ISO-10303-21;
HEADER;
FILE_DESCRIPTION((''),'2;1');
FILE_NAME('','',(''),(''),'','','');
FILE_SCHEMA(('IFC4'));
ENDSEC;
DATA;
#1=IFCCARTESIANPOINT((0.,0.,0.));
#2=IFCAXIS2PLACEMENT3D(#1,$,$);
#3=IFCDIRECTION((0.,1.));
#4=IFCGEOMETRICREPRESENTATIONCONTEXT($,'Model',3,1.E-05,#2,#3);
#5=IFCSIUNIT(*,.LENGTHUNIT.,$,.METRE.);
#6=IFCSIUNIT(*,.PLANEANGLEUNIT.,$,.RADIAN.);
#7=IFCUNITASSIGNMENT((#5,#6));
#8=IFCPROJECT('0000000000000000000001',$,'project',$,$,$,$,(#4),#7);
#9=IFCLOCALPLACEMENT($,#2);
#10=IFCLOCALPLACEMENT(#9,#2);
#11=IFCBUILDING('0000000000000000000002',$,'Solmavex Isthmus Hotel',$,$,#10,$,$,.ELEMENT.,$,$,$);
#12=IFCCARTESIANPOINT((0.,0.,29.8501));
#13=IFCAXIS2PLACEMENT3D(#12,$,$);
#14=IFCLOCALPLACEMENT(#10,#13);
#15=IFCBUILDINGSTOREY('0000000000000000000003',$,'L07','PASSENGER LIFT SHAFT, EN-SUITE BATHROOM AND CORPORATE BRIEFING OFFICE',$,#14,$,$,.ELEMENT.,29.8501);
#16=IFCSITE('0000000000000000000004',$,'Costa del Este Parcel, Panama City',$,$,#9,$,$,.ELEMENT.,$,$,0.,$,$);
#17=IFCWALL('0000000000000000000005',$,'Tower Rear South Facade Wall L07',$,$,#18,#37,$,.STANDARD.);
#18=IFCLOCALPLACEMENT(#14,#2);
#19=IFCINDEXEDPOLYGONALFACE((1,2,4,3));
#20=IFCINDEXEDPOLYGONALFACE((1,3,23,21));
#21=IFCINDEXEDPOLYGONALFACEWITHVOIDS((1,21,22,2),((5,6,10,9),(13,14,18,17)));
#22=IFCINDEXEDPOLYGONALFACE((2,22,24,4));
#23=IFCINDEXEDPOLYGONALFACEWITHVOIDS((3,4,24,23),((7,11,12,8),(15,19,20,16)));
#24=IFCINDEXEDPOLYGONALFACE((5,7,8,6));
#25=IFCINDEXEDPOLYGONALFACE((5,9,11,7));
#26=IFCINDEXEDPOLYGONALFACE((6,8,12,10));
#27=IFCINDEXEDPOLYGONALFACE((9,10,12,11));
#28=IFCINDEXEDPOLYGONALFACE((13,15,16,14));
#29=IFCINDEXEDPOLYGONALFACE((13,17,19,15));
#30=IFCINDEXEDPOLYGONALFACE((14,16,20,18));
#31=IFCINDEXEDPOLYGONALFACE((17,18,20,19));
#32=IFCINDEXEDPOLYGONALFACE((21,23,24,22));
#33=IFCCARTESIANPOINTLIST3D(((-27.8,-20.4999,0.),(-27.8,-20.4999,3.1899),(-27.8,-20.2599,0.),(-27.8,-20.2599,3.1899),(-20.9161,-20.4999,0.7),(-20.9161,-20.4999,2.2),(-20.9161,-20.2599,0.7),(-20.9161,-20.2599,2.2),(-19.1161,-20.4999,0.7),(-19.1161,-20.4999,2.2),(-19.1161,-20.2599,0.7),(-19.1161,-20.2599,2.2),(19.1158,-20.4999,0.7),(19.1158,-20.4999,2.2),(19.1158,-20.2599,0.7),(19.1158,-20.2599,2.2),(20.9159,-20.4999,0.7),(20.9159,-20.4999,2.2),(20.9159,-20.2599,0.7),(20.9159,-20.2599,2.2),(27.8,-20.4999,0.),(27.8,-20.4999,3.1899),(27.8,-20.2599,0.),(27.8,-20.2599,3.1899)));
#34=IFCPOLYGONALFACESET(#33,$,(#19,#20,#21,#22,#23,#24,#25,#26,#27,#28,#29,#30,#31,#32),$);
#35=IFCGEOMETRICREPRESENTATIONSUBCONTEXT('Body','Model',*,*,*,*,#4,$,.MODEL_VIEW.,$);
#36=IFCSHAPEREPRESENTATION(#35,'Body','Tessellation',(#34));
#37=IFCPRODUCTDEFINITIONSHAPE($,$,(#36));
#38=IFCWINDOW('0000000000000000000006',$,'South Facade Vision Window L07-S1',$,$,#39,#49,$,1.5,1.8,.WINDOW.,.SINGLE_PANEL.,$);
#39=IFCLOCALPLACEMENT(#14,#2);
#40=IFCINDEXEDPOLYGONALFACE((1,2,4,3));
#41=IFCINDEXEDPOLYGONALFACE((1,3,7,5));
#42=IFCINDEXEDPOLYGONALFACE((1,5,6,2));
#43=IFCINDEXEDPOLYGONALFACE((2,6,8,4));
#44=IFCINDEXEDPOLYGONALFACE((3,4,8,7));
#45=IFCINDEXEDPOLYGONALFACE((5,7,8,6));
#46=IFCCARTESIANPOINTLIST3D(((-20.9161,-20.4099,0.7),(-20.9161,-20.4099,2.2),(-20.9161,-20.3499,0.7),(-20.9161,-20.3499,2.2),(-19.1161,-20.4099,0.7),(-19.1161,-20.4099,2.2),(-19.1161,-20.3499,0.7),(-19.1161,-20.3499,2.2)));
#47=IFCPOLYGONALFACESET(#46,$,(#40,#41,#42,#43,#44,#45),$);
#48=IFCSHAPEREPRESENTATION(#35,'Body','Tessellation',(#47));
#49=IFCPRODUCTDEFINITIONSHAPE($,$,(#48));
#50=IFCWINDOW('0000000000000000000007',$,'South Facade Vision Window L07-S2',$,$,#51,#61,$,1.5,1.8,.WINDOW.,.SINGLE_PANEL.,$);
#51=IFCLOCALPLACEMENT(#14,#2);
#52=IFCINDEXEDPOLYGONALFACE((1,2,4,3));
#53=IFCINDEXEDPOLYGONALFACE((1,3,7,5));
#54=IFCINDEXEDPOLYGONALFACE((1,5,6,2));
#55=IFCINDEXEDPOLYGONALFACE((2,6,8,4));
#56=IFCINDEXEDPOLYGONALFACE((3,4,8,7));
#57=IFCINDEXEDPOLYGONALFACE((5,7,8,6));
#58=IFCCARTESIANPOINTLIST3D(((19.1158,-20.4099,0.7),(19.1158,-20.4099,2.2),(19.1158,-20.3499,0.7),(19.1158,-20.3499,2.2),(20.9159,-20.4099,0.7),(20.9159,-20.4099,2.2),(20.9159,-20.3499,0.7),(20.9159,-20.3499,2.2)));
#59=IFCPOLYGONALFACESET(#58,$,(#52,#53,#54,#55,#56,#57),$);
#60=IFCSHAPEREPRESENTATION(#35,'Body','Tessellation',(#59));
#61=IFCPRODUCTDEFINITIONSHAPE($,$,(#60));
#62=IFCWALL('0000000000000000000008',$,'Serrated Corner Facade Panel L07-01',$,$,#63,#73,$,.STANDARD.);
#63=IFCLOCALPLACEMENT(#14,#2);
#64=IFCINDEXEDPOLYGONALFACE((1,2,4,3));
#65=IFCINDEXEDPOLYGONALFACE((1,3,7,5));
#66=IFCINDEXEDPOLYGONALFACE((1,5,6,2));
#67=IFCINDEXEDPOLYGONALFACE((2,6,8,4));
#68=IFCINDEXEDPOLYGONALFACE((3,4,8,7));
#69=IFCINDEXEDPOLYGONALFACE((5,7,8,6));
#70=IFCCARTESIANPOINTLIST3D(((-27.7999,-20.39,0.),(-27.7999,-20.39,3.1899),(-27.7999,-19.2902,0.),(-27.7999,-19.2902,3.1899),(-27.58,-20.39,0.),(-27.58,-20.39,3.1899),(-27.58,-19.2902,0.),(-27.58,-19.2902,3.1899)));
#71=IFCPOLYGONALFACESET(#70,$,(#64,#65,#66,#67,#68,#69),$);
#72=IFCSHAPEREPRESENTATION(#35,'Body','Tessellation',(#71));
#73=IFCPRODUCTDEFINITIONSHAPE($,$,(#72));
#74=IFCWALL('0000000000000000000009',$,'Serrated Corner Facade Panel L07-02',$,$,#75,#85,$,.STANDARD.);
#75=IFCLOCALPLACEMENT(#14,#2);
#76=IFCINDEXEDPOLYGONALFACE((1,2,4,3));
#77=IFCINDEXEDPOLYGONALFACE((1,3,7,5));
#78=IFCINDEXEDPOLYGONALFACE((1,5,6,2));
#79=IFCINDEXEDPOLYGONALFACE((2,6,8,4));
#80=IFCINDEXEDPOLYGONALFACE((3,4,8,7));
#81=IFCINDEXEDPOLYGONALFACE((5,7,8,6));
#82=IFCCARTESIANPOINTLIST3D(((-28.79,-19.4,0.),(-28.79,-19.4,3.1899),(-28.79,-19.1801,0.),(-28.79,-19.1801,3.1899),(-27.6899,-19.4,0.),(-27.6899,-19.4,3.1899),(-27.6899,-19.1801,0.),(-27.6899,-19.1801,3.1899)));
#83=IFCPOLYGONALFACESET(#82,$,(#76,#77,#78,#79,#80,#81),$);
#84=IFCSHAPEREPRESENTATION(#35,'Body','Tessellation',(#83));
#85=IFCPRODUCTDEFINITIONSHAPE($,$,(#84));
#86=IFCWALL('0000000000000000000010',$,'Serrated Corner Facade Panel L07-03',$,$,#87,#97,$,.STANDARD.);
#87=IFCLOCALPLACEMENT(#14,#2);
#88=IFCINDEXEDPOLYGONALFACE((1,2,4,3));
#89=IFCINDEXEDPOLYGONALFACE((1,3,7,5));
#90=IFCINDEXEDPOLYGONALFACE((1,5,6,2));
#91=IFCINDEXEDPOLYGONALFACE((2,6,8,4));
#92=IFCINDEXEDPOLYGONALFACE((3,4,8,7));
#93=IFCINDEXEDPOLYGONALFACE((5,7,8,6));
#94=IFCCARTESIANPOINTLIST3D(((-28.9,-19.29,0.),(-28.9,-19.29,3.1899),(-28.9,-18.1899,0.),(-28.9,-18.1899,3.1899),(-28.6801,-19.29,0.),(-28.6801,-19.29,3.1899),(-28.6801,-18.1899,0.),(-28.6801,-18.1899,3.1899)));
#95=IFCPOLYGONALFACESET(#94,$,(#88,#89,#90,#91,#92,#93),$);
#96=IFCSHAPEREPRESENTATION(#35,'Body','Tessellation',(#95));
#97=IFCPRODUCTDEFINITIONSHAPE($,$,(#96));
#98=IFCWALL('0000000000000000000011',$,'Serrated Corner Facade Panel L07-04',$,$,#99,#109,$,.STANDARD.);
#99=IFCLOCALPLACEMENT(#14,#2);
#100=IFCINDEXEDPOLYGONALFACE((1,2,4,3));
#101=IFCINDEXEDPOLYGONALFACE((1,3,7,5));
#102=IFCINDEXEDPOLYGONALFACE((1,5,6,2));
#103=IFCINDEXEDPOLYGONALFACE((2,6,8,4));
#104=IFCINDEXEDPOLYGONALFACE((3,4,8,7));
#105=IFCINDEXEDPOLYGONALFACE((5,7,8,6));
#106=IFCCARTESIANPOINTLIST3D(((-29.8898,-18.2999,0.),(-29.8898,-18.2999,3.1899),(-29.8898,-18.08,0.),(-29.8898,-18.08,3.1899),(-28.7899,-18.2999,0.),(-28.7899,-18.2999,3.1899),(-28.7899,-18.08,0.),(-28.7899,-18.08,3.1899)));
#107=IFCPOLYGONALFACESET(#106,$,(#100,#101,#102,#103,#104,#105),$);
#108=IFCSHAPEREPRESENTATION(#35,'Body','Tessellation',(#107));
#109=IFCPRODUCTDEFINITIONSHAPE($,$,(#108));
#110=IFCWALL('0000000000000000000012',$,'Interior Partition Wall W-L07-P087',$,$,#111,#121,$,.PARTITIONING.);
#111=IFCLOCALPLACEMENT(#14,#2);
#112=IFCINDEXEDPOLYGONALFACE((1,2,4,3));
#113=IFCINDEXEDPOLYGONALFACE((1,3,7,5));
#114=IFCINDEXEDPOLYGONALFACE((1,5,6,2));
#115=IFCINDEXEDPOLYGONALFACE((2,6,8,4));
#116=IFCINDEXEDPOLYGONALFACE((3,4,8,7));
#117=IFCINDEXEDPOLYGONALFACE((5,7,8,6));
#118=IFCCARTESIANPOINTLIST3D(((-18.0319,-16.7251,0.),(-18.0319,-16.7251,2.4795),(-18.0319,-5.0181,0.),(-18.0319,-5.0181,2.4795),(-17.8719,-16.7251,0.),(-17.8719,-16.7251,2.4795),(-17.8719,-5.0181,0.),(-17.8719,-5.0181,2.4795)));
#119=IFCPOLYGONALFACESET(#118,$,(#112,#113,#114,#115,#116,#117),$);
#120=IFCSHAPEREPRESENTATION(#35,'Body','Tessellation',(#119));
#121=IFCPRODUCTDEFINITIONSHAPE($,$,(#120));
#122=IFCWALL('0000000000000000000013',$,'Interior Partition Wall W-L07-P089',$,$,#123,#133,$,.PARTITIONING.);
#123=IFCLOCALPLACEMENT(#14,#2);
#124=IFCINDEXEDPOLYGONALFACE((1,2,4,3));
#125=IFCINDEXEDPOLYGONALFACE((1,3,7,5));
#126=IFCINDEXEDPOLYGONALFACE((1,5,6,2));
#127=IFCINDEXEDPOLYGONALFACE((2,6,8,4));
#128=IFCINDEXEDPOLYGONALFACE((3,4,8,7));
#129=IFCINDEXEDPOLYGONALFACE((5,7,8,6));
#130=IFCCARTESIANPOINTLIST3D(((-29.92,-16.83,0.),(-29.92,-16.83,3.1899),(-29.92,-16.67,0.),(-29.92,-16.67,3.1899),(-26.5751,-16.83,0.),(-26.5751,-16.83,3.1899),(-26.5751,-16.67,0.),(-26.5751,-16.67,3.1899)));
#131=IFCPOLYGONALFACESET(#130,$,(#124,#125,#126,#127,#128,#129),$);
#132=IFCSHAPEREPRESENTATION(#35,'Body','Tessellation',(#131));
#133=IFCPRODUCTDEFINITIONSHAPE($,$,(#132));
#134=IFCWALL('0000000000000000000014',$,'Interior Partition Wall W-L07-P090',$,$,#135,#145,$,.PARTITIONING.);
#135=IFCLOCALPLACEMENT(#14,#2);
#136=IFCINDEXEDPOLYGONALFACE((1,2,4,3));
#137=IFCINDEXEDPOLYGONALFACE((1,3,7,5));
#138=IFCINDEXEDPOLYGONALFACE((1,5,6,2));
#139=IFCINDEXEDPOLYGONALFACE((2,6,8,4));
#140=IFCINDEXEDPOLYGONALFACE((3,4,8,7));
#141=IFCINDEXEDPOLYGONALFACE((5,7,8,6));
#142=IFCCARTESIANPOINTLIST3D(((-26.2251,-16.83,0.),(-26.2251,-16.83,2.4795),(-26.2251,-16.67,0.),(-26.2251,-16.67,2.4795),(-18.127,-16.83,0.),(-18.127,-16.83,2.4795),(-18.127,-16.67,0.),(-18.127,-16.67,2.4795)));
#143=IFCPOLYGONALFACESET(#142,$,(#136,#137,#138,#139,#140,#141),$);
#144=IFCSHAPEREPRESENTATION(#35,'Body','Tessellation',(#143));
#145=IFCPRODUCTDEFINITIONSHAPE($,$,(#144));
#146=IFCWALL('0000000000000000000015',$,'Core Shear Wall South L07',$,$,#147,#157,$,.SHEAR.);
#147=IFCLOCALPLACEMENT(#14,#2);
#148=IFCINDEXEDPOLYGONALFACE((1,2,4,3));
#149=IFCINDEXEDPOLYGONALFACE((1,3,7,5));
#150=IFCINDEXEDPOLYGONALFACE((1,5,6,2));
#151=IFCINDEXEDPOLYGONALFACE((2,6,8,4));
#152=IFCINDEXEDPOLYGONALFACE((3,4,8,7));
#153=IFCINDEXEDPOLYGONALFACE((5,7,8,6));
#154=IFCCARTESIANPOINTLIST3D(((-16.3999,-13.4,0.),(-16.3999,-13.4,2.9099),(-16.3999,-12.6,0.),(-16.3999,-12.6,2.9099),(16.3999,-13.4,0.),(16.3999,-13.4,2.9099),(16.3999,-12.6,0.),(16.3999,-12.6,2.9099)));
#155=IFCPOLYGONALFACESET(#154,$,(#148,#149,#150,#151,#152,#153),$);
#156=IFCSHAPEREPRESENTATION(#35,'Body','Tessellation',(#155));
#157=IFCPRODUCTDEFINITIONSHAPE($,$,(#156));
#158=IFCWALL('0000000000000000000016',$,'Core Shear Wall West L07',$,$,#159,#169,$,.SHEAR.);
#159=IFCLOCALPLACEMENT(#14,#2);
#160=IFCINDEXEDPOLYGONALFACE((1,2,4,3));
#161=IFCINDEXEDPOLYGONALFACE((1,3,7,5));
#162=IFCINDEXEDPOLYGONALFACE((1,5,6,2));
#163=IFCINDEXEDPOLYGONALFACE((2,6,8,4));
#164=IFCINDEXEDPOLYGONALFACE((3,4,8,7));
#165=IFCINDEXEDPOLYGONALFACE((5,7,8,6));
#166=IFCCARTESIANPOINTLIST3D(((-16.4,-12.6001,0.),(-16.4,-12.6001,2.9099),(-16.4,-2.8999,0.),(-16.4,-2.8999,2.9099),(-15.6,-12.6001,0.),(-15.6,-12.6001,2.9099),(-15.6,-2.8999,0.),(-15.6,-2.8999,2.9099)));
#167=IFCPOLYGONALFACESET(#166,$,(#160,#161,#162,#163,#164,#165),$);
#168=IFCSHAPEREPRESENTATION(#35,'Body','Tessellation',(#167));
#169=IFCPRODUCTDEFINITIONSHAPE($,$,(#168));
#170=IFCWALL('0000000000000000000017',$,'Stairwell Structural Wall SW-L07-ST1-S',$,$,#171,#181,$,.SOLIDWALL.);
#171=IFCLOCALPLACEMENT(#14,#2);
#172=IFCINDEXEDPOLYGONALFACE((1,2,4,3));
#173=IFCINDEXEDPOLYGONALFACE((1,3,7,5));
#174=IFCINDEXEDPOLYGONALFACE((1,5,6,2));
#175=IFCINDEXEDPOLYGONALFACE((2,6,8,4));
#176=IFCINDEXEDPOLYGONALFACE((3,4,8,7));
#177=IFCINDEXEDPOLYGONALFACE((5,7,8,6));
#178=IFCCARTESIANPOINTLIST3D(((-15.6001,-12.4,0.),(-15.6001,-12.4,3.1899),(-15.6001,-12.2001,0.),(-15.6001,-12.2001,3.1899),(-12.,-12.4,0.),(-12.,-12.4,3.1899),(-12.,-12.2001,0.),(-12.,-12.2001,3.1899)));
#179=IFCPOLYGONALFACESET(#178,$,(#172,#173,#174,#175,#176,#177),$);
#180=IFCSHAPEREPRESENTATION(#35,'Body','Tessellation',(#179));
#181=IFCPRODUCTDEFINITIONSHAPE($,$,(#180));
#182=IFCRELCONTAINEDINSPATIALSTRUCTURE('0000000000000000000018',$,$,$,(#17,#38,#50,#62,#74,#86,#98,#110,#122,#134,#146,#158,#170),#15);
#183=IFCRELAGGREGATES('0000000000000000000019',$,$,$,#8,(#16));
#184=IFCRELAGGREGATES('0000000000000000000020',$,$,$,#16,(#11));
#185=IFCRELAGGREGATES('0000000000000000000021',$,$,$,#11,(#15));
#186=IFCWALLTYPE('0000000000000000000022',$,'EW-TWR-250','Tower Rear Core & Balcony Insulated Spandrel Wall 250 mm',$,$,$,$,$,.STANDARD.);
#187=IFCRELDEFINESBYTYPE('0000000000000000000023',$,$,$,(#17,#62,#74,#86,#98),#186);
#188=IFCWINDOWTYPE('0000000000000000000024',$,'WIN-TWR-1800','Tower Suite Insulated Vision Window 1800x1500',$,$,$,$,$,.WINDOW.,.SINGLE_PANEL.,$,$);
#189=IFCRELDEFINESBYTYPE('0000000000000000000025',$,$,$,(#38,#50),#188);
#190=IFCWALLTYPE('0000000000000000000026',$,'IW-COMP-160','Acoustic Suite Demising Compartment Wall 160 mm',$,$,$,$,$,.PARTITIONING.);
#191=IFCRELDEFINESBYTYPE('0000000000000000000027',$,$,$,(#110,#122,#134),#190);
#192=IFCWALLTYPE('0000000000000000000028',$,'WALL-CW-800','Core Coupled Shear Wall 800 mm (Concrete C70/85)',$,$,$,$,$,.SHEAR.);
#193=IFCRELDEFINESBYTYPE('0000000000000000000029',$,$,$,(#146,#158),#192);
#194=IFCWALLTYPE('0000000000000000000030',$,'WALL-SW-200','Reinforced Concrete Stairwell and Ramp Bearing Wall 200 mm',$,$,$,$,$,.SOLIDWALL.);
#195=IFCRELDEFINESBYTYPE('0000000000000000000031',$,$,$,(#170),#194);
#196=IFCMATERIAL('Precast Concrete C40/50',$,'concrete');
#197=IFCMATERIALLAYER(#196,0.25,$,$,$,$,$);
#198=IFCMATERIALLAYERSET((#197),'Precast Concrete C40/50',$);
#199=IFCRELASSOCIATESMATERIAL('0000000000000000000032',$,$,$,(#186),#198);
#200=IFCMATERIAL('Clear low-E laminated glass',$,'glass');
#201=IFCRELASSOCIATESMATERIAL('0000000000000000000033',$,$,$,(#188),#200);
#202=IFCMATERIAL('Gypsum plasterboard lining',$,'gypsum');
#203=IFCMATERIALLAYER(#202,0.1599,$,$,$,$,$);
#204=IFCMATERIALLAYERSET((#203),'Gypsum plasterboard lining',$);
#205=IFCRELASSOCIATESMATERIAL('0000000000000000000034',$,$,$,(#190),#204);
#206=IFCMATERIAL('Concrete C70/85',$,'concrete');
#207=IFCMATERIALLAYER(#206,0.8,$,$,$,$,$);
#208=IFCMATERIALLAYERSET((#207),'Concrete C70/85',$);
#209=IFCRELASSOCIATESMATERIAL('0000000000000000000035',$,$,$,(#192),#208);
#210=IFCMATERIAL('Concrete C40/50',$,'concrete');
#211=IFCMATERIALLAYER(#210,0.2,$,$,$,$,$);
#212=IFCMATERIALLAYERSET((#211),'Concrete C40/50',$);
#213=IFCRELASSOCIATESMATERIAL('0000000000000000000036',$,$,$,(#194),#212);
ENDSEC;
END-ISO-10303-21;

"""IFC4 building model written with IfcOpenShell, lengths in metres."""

from ifc_helpers import new_model, si_unit, direction, frame, frame_2d, origin, place, context, subcontext, project, spatial, rectangle, extrude, material, layer, layer_set, type_object, element, fill, save


model = new_model("IFC4")

# Units and contexts
model_context = context("Model", 3, precision=1e-05, world=origin(), true_north=direction((0.0, 1.0)))
body_context = subcontext(model_context, "Body", "Model", "MODEL_VIEW")
ifc_project = project(units=[si_unit("LENGTHUNIT", "METRE"), si_unit("PLANEANGLEUNIT", "RADIAN")], contexts=[model_context])

# Site, building, storey
site_placement = place(None, origin())
site = spatial("IfcSite", under=ifc_project, at=site_placement, Name="Costa del Este Parcel, Panama City", CompositionType="ELEMENT", RefElevation=0.0)
building_placement = place(site_placement, origin())
building = spatial("IfcBuilding", under=site, at=building_placement, Name="Solmavex Isthmus Hotel", CompositionType="ELEMENT")
storey_placement = place(building_placement, frame((0.0, 0.0, 29.8501)))
storey = spatial("IfcBuildingStorey", under=building, at=storey_placement, Name="L07", Description="PASSENGER LIFT SHAFT, EN-SUITE BATHROOM AND CORPORATE BRIEFING OFFICE", CompositionType="ELEMENT", Elevation=29.8501)

# Shared definitions
ifc_material_1 = material(Name="Concrete C70/85", Category="concrete")

# Shared definitions
ifc_material_2 = material(Name="Clear low-E laminated glass", Category="glass")

# Wall, openings, windows
ifc_material_3 = material(Name="Precast Concrete C40/50", Category="concrete")
ifc_layer_1 = layer(ifc_material_3, 0.25)
ifc_layer_set_1 = layer_set([ifc_layer_1], Name="Precast Concrete C40/50")
wall_type_1 = type_object("IfcWallType", Name="EW-TWR-250", Description="Tower Rear Core & Balcony Insulated Spandrel Wall 250 mm", PredefinedType="STANDARD", material=ifc_layer_set_1)
wall_1_placement = place(storey_placement, frame((-27.8, -20.3799, 0.0), z_axis=(0.0, 0.0, 1.0), x_axis=(1.0, 0.0, 0.0)))
wall_1 = element("IfcWall", 1, at=wall_1_placement, inside=storey, type_object=wall_type_1, Name="Tower Rear South Facade Wall L07", PredefinedType="STANDARD", context=body_context, shape_type="SweptSolid", body=[
    extrude(rectangle(XDim=55.6001, YDim=0.24, at=frame_2d((27.8, 0.0))), origin(), (0.0, 0.0, 1.0), 3.1899),
])
opening_1_placement = place(wall_1_placement, frame((6.884, 0.0, 0.7)))
opening_1 = element("IfcOpeningElement", 2, at=opening_1_placement, cuts=wall_1, PredefinedType="OPENING", context=body_context, shape_type="SweptSolid", body=[
    extrude(rectangle(XDim=1.8, YDim=1.5, at=frame_2d((0.8999, 0.75))), frame((0.0, 0.1299, 0.0), z_axis=(0.0, -1.0, 0.0), x_axis=(1.0, 0.0, 0.0)), (0.0, 0.0, 1.0), 0.26),
])
opening_2_placement = place(wall_1_placement, frame((46.916, 0.0, 0.7)))
opening_2 = element("IfcOpeningElement", 3, at=opening_2_placement, cuts=wall_1, PredefinedType="OPENING", context=body_context, shape_type="SweptSolid", body=[
    extrude(rectangle(XDim=1.8, YDim=1.5, at=frame_2d((0.8999, 0.75))), frame((0.0, 0.1299, 0.0), z_axis=(0.0, -1.0, 0.0), x_axis=(1.0, 0.0, 0.0)), (0.0, 0.0, 1.0), 0.26),
])
window_type = type_object("IfcWindowType", Name="WIN-TWR-1800", Description="Tower Suite Insulated Vision Window 1800x1500", PartitioningType="SINGLE_PANEL", PredefinedType="WINDOW", material=ifc_material_2)
window_1_placement = place(opening_1_placement, origin())
window_1 = element("IfcWindow", 4, at=window_1_placement, inside=storey, type_object=window_type, Name="South Facade Vision Window L07-S1", OverallHeight=1.5, OverallWidth=1.8, PartitioningType="SINGLE_PANEL", PredefinedType="WINDOW", context=body_context, shape_type="SweptSolid", body=[
    extrude(rectangle(XDim=1.8, YDim=1.5, at=frame_2d((0.8999, 0.75))), frame((0.0, 0.03, 0.0), z_axis=(0.0, -1.0, 0.0), x_axis=(1.0, 0.0, 0.0)), (0.0, 0.0, 1.0), 0.0601),
])
fill(opening_1, window_1)
window_2_placement = place(opening_2_placement, origin())
window_2 = element("IfcWindow", 5, at=window_2_placement, inside=storey, type_object=window_type, Name="South Facade Vision Window L07-S2", OverallHeight=1.5, OverallWidth=1.8, PartitioningType="SINGLE_PANEL", PredefinedType="WINDOW", context=body_context, shape_type="SweptSolid", body=[
    extrude(rectangle(XDim=1.8, YDim=1.5, at=frame_2d((0.8999, 0.75))), frame((0.0, 0.03, 0.0), z_axis=(0.0, -1.0, 0.0), x_axis=(1.0, 0.0, 0.0)), (0.0, 0.0, 1.0), 0.0601),
])
fill(opening_2, window_2)

# Walls
wall_2_placement = place(storey_placement, frame((-27.6899, -20.3899, 0.0), z_axis=(0.0, 0.0, 1.0), x_axis=(0.0, 1.0, 0.0)))
element("IfcWall", 6, at=wall_2_placement, inside=storey, type_object=wall_type_1, Name="Serrated Corner Facade Panel L07-01", PredefinedType="STANDARD", context=body_context, shape_type="SweptSolid", body=[
    extrude(rectangle(XDim=1.0999, YDim=0.22, at=frame_2d((0.5498, 0.0))), origin(), (0.0, 0.0, 1.0), 3.1899),
])
for number, where, z_axis, x_axis, name in (
    (7, (-27.6899, -19.29, 0.0), (0.0, 0.0, 1.0), (-1.0, 0.0, 0.0), "Serrated Corner Facade Panel L07-02"),
    (8, (-28.79, -19.29, 0.0), (0.0, 0.0, 1.0), (0.0, 1.0, 0.0), "Serrated Corner Facade Panel L07-03"),
):
    element("IfcWall", number, at=place(storey_placement, frame(where, z_axis=z_axis, x_axis=x_axis)), inside=storey, type_object=wall_type_1, Name=name, PredefinedType="STANDARD", context=body_context, shape_type="SweptSolid", body=[
        extrude(rectangle(XDim=1.1001, YDim=0.22, at=frame_2d((0.55, 0.0))), origin(), (0.0, 0.0, 1.0), 3.1899),
    ])
wall_3_placement = place(storey_placement, frame((-28.79, -18.1899, 0.0), z_axis=(0.0, 0.0, 1.0), x_axis=(-1.0, 0.0, 0.0)))
element("IfcWall", 9, at=wall_3_placement, inside=storey, type_object=wall_type_1, Name="Serrated Corner Facade Panel L07-04", PredefinedType="STANDARD", context=body_context, shape_type="SweptSolid", body=[
    extrude(rectangle(XDim=1.0999, YDim=0.22, at=frame_2d((0.5498, 0.0))), origin(), (0.0, 0.0, 1.0), 3.1899),
])
ifc_material_4 = material(Name="Gypsum plasterboard lining", Category="gypsum")
ifc_layer_2 = layer(ifc_material_4, 0.1599)
ifc_layer_set_2 = layer_set([ifc_layer_2], Name="Gypsum plasterboard lining")
wall_type_2 = type_object("IfcWallType", Name="IW-COMP-160", Description="Acoustic Suite Demising Compartment Wall 160 mm", PredefinedType="PARTITIONING", material=ifc_layer_set_2)
wall_4_placement = place(storey_placement, frame((-17.9519, -16.7251, 0.0), z_axis=(0.0, 0.0, 1.0), x_axis=(0.0, 1.0, 0.0)))
element("IfcWall", 10, at=wall_4_placement, inside=storey, type_object=wall_type_2, Name="Interior Partition Wall W-L07-P087", PredefinedType="PARTITIONING", context=body_context, shape_type="SweptSolid", body=[
    extrude(rectangle(XDim=11.707, YDim=0.1599, at=frame_2d((5.8535, 0.0))), origin(), (0.0, 0.0, 1.0), 2.4795),
])
wall_5_placement = place(storey_placement, frame((-29.9199, -16.75, 0.0), z_axis=(0.0, 0.0, 1.0), x_axis=(1.0, 0.0, 0.0)))
element("IfcWall", 11, at=wall_5_placement, inside=storey, type_object=wall_type_2, Name="Interior Partition Wall W-L07-P089", PredefinedType="PARTITIONING", context=body_context, shape_type="SweptSolid", body=[
    extrude(rectangle(XDim=3.345, YDim=0.1599, at=frame_2d((1.6724, 0.0))), origin(), (0.0, 0.0, 1.0), 3.1899),
])
wall_6_placement = place(storey_placement, frame((-26.2251, -16.75, 0.0), z_axis=(0.0, 0.0, 1.0), x_axis=(1.0, 0.0, 0.0)))
element("IfcWall", 12, at=wall_6_placement, inside=storey, type_object=wall_type_2, Name="Interior Partition Wall W-L07-P090", PredefinedType="PARTITIONING", context=body_context, shape_type="SweptSolid", body=[
    extrude(rectangle(XDim=8.0981, YDim=0.1599, at=frame_2d((4.0491, 0.0))), origin(), (0.0, 0.0, 1.0), 2.4795),
])
ifc_layer_3 = layer(ifc_material_1, 0.8)
ifc_layer_set_3 = layer_set([ifc_layer_3], Name="Concrete C70/85")
wall_type_3 = type_object("IfcWallType", Name="WALL-CW-800", Description="Core Coupled Shear Wall 800 mm (Concrete C70/85)", PredefinedType="SHEAR", material=ifc_layer_set_3)
wall_7_placement = place(storey_placement, frame((-16.3999, -13.0, 0.0), z_axis=(0.0, 0.0, 1.0), x_axis=(1.0, 0.0, 0.0)))
element("IfcWall", 13, at=wall_7_placement, inside=storey, type_object=wall_type_3, Name="Core Shear Wall South L07", PredefinedType="SHEAR", context=body_context, shape_type="SweptSolid", body=[
    extrude(rectangle(XDim=32.7998, YDim=0.8, at=frame_2d((16.3999, 0.0))), origin(), (0.0, 0.0, 1.0), 2.9099),
])
wall_8_placement = place(storey_placement, frame((-16.0, -12.6001, 0.0), z_axis=(0.0, 0.0, 1.0), x_axis=(0.0, 1.0, 0.0)))
element("IfcWall", 14, at=wall_8_placement, inside=storey, type_object=wall_type_3, Name="Core Shear Wall West L07", PredefinedType="SHEAR", context=body_context, shape_type="SweptSolid", body=[
    extrude(rectangle(XDim=9.7002, YDim=0.8, at=frame_2d((4.8501, 0.0))), origin(), (0.0, 0.0, 1.0), 2.9099),
])
ifc_material_5 = material(Name="Concrete C40/50", Category="concrete")
ifc_layer_4 = layer(ifc_material_5, 0.2)
ifc_layer_set_4 = layer_set([ifc_layer_4], Name="Concrete C40/50")
wall_type_4 = type_object("IfcWallType", Name="WALL-SW-200", Description="Reinforced Concrete Stairwell and Ramp Bearing Wall 200 mm", PredefinedType="SOLIDWALL", material=ifc_layer_set_4)
wall_9_placement = place(storey_placement, frame((-15.6001, -12.3, 0.0), z_axis=(0.0, 0.0, 1.0), x_axis=(1.0, 0.0, 0.0)))
element("IfcWall", 15, at=wall_9_placement, inside=storey, type_object=wall_type_4, Name="Stairwell Structural Wall SW-L07-ST1-S", PredefinedType="SOLIDWALL", context=body_context, shape_type="SweptSolid", body=[
    extrude(rectangle(XDim=3.6001, YDim=0.2, at=frame_2d((1.8, 0.0))), origin(), (0.0, 0.0, 1.0), 3.1899),
])

save(model, "model.ifc")
